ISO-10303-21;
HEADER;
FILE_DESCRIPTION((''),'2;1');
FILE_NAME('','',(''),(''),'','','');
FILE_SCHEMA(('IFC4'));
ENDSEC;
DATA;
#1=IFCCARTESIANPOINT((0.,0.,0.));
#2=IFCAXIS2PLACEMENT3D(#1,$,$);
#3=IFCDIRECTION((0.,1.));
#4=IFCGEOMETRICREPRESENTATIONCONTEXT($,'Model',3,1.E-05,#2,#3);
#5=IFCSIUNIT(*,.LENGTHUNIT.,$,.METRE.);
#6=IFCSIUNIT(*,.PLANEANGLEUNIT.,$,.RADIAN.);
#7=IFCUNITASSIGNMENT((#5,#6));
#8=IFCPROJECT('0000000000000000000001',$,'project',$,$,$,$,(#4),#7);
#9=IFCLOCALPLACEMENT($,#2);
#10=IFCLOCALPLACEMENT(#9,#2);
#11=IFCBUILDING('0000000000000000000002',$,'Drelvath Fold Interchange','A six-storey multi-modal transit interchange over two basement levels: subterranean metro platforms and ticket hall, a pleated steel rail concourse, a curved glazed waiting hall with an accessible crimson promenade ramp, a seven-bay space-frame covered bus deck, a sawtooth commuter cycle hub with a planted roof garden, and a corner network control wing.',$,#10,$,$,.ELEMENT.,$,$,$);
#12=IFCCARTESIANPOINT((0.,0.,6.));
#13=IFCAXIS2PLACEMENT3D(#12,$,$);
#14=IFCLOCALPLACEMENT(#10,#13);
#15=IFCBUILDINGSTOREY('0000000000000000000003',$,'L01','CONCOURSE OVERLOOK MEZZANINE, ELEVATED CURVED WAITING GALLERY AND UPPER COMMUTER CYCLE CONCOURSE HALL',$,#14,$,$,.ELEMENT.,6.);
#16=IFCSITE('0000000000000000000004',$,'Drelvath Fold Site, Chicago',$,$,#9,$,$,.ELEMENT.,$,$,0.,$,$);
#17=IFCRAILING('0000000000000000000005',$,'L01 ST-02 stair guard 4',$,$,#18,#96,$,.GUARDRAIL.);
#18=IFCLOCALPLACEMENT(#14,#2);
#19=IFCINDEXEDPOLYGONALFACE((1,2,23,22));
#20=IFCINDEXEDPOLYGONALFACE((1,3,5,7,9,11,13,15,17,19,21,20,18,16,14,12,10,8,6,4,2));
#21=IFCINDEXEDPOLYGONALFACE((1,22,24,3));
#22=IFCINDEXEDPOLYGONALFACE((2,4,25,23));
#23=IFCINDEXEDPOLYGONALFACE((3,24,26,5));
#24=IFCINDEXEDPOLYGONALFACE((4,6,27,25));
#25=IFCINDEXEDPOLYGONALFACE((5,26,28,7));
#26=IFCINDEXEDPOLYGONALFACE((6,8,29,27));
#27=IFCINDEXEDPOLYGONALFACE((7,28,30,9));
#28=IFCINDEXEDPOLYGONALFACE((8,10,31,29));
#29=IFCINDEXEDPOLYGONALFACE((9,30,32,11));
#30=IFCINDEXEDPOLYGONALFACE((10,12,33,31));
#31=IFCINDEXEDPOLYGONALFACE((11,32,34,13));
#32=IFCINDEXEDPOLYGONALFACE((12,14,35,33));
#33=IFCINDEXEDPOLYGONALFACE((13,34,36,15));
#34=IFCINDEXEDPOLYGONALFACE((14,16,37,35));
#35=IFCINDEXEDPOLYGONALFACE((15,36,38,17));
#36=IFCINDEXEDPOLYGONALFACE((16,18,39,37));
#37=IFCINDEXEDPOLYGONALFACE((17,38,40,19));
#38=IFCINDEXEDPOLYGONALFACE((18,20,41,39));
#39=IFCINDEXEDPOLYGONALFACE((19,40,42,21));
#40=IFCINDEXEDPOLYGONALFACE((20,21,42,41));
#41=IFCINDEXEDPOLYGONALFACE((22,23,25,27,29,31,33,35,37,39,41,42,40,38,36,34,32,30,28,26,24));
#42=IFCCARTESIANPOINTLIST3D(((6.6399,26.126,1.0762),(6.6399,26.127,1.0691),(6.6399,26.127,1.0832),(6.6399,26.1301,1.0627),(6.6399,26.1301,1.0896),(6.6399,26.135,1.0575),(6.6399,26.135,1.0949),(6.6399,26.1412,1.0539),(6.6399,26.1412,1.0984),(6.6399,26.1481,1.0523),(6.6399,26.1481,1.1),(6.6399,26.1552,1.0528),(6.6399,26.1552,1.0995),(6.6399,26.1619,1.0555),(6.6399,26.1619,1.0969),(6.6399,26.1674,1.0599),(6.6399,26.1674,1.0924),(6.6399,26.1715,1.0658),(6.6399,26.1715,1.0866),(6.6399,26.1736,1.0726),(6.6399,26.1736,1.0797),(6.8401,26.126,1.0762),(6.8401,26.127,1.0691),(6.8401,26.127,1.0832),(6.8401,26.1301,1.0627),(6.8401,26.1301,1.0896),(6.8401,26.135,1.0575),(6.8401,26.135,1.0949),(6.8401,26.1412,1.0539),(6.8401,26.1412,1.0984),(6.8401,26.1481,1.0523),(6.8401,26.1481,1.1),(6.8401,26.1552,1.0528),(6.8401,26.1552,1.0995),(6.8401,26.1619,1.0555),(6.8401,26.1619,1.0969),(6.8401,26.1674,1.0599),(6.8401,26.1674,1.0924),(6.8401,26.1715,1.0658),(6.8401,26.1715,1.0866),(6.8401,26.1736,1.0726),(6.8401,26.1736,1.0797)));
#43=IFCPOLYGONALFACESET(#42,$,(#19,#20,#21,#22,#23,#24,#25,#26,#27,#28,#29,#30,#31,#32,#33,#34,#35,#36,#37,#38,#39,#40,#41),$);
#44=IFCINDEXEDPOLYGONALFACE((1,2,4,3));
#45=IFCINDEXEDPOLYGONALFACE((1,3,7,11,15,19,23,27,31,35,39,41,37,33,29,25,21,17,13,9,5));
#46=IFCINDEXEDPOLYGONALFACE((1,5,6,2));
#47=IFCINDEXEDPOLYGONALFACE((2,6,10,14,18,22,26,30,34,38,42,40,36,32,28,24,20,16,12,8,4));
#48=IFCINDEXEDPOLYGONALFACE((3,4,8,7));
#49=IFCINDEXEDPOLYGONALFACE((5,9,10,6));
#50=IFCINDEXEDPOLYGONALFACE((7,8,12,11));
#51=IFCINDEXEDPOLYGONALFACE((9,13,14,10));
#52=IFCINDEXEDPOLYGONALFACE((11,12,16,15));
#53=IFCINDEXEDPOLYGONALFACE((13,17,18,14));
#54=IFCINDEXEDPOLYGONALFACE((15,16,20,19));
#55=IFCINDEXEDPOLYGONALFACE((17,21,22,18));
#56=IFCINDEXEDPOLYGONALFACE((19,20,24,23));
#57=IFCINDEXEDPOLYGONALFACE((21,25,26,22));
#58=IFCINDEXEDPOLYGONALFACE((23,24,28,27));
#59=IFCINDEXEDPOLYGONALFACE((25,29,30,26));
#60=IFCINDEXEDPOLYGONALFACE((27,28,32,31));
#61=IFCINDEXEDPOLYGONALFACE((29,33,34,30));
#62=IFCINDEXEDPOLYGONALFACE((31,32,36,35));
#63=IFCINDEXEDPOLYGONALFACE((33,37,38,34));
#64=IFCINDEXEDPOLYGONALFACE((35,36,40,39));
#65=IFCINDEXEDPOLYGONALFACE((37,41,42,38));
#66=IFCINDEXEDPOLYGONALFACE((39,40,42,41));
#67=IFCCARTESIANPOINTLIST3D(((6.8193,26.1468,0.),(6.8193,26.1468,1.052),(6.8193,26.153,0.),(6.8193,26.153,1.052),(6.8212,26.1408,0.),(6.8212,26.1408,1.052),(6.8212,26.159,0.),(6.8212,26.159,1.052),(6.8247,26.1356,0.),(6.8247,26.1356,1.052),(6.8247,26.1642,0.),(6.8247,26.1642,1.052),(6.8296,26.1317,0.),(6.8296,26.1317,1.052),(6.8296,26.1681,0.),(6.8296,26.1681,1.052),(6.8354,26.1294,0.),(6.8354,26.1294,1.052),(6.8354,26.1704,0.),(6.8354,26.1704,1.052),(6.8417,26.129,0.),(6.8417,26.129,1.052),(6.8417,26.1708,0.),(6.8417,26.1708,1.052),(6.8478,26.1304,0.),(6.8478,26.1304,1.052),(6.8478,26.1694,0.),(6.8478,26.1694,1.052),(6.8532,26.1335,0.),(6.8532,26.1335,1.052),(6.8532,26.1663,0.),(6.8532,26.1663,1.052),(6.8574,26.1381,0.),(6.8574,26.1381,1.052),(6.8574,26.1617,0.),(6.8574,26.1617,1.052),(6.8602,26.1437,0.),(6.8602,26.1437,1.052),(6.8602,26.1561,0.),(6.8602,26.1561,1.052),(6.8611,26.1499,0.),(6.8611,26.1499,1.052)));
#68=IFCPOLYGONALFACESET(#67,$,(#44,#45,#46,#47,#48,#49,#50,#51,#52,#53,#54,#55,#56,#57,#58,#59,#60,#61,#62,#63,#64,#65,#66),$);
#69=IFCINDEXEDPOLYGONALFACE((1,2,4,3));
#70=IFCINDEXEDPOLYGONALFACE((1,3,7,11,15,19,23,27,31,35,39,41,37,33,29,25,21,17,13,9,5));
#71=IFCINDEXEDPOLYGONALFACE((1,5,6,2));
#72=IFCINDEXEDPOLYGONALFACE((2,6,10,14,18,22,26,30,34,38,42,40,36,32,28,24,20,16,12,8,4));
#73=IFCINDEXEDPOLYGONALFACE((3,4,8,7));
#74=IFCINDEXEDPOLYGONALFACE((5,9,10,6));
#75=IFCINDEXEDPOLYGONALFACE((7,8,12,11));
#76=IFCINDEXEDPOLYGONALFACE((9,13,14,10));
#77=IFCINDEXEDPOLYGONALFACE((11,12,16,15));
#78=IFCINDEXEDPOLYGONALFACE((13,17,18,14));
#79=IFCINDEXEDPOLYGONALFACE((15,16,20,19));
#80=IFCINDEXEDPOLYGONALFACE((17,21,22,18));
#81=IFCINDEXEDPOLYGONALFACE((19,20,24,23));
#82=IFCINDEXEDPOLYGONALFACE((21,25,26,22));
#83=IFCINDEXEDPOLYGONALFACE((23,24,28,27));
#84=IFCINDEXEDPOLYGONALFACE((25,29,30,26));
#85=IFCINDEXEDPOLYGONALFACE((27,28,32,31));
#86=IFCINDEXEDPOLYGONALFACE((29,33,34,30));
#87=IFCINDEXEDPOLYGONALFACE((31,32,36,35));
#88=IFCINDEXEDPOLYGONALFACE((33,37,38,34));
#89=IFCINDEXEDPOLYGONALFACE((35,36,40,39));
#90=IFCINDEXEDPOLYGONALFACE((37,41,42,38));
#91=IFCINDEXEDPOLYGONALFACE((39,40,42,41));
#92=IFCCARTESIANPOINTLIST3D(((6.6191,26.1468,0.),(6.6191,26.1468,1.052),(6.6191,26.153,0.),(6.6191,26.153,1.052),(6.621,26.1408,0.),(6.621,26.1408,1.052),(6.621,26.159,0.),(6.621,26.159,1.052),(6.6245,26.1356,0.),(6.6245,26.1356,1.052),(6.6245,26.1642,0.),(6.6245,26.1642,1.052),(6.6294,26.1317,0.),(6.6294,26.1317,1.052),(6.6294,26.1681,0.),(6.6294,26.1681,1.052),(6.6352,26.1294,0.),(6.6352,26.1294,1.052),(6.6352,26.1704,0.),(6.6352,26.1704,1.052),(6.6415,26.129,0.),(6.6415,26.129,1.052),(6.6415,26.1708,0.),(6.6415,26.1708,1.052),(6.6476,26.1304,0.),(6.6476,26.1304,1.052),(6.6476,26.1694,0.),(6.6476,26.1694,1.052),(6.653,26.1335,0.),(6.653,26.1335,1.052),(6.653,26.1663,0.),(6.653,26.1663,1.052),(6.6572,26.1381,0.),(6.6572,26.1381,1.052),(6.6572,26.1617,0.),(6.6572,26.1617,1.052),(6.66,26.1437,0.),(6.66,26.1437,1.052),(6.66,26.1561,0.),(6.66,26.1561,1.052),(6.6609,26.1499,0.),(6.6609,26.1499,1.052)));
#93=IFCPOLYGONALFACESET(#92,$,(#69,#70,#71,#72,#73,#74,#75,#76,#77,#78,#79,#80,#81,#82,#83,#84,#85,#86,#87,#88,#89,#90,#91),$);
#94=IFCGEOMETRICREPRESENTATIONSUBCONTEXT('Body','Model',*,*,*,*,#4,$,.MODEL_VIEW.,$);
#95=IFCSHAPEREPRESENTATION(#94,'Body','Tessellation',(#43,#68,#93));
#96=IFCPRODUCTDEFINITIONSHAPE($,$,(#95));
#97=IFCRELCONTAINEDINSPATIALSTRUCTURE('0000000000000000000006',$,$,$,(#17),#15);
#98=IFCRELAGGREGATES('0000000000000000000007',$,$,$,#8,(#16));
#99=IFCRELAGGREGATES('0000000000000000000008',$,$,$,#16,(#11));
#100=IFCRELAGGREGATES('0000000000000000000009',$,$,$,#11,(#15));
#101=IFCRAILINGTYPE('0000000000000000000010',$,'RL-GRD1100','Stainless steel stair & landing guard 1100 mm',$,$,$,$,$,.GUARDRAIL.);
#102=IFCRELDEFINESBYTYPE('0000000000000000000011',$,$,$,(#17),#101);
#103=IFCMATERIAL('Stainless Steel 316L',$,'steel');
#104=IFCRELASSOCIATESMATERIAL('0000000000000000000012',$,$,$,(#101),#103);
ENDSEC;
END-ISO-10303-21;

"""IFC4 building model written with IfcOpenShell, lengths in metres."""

from ifc_helpers import new_model, si_unit, direction, frame, origin, origin_2d, place, context, subcontext, project, spatial, circle, extrude, material, type_object, element, save


model = new_model("IFC4")

# Units and contexts
model_context = context("Model", 3, precision=1e-05, world=origin(), true_north=direction((0.0, 1.0)))
body_context = subcontext(model_context, "Body", "Model", "MODEL_VIEW")
ifc_project = project(units=[si_unit("LENGTHUNIT", "METRE"), si_unit("PLANEANGLEUNIT", "RADIAN")], contexts=[model_context])

# Site, building, storey
site_placement = place(None, origin())
site = spatial("IfcSite", under=ifc_project, at=site_placement, Name="Drelvath Fold Site, Chicago", CompositionType="ELEMENT", RefElevation=0.0)
building_placement = place(site_placement, origin())
building = spatial("IfcBuilding", under=site, at=building_placement, Name="Drelvath Fold Interchange", Description="A six-storey multi-modal transit interchange over two basement levels: subterranean metro platforms and ticket hall, a pleated steel rail concourse, a curved glazed waiting hall with an accessible crimson promenade ramp, a seven-bay space-frame covered bus deck, a sawtooth commuter cycle hub with a planted roof garden, and a corner network control wing.", CompositionType="ELEMENT")
storey_placement = place(building_placement, frame((0.0, 0.0, 6.0)))
storey = spatial("IfcBuildingStorey", under=building, at=storey_placement, Name="L01", Description="CONCOURSE OVERLOOK MEZZANINE, ELEVATED CURVED WAITING GALLERY AND UPPER COMMUTER CYCLE CONCOURSE HALL", CompositionType="ELEMENT", Elevation=6.0)

# Railing
ifc_material_1 = material(Name="Stainless Steel 316L", Category="steel")
railing_type_1 = type_object("IfcRailingType", Name="RL-GRD1100", Description="Stainless steel stair & landing guard 1100 mm", PredefinedType="GUARDRAIL", material=ifc_material_1)
railing_1_placement = place(storey_placement, frame((6.8401, 26.1499, 0.0)))
element("IfcRailing", 1, at=railing_1_placement, inside=storey, type_object=railing_type_1, Name="L01 ST-02 stair guard 4", PredefinedType="GUARDRAIL", context=body_context, shape_type="SweptSolid", body=[
    extrude(circle(Radius=0.0239, at=origin_2d()), frame((0.0, 0.0, 1.0762), z_axis=(-1.0, 0.0, 0.0), x_axis=(0.0, -1.0, 0.0)), (0.0, 0.0, 1.0), 0.2002),
    extrude(circle(Radius=0.021, at=origin_2d()), origin(), (0.0, 0.0, 1.0), 1.052),
    extrude(circle(Radius=0.021, at=origin_2d()), frame((-0.2002, 0.0, 0.0)), (0.0, 0.0, 1.0), 1.052),
])

save(model, "model.ifc")
